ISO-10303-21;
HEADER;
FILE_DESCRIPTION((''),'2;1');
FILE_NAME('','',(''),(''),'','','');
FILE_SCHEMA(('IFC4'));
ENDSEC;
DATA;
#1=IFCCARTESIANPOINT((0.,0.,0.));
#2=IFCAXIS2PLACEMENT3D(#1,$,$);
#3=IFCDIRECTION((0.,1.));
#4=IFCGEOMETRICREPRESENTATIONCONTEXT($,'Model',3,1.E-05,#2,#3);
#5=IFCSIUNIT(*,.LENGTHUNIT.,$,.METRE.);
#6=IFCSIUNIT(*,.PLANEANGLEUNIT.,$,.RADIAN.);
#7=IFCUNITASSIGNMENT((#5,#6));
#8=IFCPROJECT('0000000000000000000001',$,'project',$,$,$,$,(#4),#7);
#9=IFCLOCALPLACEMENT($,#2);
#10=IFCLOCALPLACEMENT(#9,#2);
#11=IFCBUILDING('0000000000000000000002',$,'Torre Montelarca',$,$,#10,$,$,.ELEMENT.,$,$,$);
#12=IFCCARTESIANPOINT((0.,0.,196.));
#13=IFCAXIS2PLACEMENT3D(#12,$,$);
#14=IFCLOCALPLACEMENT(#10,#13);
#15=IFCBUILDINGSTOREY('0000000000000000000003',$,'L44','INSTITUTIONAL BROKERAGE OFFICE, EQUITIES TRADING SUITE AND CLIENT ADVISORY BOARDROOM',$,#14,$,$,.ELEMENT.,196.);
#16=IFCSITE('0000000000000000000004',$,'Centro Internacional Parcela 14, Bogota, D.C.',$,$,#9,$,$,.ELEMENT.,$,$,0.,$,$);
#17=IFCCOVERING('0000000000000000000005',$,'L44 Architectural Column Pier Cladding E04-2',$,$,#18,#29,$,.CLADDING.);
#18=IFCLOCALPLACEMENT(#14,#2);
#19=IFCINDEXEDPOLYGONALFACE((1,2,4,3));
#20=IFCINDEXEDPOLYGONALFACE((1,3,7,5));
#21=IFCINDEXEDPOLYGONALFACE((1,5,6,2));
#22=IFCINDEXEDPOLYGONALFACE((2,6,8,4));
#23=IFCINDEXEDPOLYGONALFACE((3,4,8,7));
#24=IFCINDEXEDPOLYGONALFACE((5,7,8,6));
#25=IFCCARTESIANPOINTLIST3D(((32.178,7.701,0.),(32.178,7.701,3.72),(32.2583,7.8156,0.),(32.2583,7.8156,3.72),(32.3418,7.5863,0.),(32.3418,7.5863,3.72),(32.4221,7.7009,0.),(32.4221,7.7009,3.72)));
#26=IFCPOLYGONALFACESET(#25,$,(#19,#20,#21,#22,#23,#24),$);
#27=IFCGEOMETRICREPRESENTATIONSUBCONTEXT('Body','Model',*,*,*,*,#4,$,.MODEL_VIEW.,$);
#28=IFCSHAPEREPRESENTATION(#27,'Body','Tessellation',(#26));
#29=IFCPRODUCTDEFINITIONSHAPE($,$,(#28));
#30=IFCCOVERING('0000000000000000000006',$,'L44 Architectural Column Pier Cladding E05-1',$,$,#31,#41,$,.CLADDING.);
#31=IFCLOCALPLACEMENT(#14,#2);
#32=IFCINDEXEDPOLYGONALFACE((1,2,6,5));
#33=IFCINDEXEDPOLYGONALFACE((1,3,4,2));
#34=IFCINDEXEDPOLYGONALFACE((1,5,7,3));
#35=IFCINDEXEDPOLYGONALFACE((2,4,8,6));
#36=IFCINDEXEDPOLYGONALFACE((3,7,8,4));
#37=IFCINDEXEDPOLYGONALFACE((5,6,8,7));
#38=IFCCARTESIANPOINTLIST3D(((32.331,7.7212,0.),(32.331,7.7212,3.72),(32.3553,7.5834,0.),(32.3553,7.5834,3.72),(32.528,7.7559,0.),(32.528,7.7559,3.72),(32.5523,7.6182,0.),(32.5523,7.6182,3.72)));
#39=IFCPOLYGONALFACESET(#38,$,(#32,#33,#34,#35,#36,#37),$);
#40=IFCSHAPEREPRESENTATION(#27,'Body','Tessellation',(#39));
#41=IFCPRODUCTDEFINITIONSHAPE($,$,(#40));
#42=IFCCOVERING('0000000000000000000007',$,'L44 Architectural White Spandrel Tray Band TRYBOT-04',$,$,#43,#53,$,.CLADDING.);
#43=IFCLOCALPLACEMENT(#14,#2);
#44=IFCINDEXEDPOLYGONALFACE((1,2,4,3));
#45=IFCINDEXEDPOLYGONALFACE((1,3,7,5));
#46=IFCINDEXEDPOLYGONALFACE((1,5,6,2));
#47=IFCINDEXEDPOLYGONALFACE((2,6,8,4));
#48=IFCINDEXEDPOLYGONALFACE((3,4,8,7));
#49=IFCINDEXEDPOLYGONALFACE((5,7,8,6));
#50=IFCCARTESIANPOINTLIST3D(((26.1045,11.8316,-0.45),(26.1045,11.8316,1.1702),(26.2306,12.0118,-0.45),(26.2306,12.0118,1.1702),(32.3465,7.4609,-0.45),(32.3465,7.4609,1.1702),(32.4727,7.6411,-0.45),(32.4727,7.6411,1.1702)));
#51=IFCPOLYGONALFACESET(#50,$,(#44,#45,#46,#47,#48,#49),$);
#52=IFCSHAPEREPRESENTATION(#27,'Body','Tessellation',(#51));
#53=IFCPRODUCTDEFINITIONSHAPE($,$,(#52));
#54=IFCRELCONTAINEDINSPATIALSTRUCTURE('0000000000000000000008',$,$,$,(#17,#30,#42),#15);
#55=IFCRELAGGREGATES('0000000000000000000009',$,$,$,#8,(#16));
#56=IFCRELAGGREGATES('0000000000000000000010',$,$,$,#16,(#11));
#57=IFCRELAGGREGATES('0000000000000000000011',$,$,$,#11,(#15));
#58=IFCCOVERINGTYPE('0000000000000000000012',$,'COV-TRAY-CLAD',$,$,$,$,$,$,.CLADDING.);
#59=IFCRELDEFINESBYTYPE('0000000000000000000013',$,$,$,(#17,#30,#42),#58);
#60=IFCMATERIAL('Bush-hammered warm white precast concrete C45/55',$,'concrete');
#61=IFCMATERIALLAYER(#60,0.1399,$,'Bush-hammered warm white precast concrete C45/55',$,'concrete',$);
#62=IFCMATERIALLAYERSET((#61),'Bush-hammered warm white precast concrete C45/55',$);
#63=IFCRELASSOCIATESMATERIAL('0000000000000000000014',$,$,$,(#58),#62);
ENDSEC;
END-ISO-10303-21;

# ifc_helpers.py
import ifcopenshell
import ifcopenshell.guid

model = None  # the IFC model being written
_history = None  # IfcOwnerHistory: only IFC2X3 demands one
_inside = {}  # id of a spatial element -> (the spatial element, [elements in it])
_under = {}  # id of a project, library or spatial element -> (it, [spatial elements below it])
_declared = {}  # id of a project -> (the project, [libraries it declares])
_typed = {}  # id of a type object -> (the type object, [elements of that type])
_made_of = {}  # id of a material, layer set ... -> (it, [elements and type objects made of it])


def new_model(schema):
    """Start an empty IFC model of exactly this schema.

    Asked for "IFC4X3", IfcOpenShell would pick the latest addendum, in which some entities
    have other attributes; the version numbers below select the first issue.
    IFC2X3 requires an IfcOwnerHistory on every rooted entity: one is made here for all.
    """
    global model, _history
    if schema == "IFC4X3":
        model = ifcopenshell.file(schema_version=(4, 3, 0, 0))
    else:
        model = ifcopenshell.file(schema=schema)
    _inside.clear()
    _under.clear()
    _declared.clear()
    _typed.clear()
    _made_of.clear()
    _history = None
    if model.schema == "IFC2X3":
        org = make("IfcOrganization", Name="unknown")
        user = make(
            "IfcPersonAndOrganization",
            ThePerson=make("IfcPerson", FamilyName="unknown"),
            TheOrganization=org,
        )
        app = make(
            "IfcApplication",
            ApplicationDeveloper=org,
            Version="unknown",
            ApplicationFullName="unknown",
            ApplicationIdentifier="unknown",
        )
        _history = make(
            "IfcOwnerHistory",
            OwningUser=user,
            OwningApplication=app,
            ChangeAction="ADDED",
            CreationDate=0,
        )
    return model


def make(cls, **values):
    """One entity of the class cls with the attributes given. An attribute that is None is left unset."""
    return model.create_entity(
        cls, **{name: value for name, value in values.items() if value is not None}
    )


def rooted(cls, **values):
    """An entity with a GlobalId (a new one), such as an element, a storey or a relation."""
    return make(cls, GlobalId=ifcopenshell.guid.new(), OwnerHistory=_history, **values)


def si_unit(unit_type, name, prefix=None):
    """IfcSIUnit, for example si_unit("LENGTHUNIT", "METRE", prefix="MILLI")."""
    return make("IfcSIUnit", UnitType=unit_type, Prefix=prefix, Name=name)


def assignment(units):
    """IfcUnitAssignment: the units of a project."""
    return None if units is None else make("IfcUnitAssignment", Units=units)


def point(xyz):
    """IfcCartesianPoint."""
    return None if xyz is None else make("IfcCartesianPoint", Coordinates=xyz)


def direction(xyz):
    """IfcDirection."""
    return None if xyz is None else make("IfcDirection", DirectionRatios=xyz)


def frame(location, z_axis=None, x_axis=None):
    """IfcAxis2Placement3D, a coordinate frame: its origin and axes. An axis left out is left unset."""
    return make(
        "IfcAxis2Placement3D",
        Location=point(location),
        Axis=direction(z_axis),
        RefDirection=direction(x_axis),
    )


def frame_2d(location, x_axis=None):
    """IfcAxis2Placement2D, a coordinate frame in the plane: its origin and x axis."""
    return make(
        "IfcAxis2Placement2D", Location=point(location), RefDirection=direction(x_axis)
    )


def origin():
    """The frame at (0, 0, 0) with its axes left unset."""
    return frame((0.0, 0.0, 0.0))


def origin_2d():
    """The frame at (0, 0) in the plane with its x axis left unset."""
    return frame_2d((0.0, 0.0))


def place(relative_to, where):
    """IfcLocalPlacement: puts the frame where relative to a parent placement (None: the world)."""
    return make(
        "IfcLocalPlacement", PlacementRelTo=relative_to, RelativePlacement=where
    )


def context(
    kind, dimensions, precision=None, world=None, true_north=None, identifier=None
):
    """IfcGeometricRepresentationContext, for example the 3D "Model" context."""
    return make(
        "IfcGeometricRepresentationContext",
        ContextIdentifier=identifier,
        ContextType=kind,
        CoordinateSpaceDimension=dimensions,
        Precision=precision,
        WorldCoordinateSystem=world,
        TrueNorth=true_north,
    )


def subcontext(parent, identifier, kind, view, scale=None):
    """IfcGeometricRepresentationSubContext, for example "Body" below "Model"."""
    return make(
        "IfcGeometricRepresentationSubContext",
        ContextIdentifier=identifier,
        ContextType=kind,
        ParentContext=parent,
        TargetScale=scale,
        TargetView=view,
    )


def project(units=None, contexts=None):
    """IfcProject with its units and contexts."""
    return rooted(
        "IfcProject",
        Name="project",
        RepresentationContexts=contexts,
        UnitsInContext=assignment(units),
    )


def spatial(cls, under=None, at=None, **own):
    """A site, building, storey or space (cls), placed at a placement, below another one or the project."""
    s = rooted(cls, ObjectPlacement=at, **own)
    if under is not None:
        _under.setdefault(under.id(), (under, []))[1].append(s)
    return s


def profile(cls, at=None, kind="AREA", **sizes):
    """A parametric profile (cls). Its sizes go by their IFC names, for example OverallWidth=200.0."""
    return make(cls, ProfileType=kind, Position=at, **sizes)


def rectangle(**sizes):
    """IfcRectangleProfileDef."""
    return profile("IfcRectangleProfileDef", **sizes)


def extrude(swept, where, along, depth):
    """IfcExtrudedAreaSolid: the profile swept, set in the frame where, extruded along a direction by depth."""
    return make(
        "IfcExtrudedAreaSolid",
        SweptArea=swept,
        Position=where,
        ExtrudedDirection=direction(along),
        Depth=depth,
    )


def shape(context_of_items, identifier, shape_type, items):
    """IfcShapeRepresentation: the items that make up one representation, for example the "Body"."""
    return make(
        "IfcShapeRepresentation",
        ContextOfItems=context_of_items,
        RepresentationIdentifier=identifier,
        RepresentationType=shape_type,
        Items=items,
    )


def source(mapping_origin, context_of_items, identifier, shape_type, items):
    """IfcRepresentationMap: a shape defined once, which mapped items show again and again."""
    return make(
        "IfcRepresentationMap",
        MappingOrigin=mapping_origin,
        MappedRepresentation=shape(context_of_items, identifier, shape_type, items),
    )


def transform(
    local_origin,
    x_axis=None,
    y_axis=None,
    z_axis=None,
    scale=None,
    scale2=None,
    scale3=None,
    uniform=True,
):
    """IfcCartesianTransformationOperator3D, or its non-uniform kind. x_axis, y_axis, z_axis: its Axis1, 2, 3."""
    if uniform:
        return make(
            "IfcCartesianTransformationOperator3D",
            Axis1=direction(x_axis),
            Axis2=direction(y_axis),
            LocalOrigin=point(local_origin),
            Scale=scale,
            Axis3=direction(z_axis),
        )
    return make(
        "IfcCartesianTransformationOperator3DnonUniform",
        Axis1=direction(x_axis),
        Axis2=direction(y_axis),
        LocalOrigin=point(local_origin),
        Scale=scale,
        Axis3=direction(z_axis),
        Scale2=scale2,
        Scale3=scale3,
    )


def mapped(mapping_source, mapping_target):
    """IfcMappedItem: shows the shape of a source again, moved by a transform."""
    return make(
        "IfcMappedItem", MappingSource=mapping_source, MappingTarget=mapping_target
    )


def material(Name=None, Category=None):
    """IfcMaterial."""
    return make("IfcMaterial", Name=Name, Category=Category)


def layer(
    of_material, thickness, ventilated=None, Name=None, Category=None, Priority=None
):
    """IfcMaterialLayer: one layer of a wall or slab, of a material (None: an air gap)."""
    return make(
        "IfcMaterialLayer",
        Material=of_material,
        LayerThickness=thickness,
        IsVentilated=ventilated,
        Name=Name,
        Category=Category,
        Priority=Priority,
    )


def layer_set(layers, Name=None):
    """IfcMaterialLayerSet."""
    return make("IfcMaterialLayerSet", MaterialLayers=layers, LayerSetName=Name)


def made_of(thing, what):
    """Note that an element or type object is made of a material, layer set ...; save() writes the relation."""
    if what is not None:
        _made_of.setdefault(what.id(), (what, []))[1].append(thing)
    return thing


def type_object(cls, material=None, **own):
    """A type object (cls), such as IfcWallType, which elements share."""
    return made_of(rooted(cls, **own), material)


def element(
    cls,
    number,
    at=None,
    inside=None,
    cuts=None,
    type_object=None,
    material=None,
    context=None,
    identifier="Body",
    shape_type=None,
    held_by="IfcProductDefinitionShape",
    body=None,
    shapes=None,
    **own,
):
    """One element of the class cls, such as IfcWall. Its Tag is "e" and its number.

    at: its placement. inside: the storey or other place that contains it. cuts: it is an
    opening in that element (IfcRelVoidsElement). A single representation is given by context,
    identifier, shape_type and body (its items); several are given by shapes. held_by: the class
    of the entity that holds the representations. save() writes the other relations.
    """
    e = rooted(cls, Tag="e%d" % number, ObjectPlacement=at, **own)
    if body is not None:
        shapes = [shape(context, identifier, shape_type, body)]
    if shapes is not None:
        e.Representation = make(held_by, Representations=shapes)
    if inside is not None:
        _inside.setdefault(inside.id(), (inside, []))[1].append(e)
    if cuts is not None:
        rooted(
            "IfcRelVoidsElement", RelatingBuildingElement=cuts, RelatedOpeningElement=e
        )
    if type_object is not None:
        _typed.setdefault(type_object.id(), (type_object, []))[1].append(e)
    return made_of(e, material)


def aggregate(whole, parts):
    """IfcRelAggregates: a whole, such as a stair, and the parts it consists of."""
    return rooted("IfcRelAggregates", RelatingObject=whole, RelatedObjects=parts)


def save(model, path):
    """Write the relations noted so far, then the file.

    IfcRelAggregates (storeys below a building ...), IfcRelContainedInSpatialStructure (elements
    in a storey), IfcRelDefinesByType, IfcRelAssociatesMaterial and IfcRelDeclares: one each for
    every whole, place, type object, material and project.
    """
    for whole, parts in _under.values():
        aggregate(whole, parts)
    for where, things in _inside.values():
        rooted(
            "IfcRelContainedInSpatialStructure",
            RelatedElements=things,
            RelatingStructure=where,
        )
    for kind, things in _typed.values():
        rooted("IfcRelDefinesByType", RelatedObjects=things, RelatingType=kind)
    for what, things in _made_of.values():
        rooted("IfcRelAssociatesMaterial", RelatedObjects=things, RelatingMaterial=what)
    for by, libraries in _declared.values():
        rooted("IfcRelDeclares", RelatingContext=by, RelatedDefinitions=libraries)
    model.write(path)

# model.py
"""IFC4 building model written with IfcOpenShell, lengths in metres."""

from ifc_helpers import new_model, si_unit, direction, frame, origin, origin_2d, place, context, subcontext, project, spatial, rectangle, extrude, source, transform, mapped, material, layer, layer_set, type_object, element, save


model = new_model("IFC4")

# Units and contexts
model_context = context("Model", 3, precision=1e-05, world=origin(), true_north=direction((0.0, 1.0)))
body_context = subcontext(model_context, "Body", "Model", "MODEL_VIEW")
ifc_project = project(units=[si_unit("LENGTHUNIT", "METRE"), si_unit("PLANEANGLEUNIT", "RADIAN")], contexts=[model_context])

# Site, building, storey
site_placement = place(None, origin())
site = spatial("IfcSite", under=ifc_project, at=site_placement, Name="Centro Internacional Parcela 14, Bogota, D.C.", CompositionType="ELEMENT", RefElevation=0.0)
building_placement = place(site_placement, origin())
building = spatial("IfcBuilding", under=site, at=building_placement, Name="Torre Montelarca", CompositionType="ELEMENT")
storey_placement = place(building_placement, frame((0.0, 0.0, 196.0)))
storey = spatial("IfcBuildingStorey", under=building, at=storey_placement, Name="L44", Description="INSTITUTIONAL BROKERAGE OFFICE, EQUITIES TRADING SUITE AND CLIENT ADVISORY BOARDROOM", CompositionType="ELEMENT", Elevation=196.0)

# Coverings
ifc_material_1 = material(Name="Bush-hammered warm white precast concrete C45/55", Category="concrete")
ifc_layer_1 = layer(ifc_material_1, 0.1399, Name="Bush-hammered warm white precast concrete C45/55", Category="concrete")
ifc_layer_set_1 = layer_set([ifc_layer_1], Name="Bush-hammered warm white precast concrete C45/55")
covering_type = type_object("IfcCoveringType", Name="COV-TRAY-CLAD", PredefinedType="CLADDING", material=ifc_layer_set_1)
shared_shape_1 = source(origin(), body_context, "Body", "SweptSolid", [
    extrude(rectangle(XDim=0.2, YDim=0.1399, at=origin_2d()), origin(), (0.0, 0.0, 1.0), 3.72),
])
for number, where, z_axis, x_axis, name in (
    (1, (32.3, 7.7009, 0.0), (0.0, 0.0, 1.0), (0.819158, -0.573568, 0.0), "L44 Architectural Column Pier Cladding E04-2"),
    (2, (32.4417, 7.6697, 0.0), (0.0, 0.0, 1.0), (0.984808, 0.173645, 0.0), "L44 Architectural Column Pier Cladding E05-1"),
):
    element("IfcCovering", number, at=place(storey_placement, frame(where, z_axis=z_axis, x_axis=x_axis)), inside=storey, type_object=covering_type, Name=name, PredefinedType="CLADDING", context=body_context, shape_type="MappedRepresentation", body=[
        mapped(shared_shape_1, transform((0.0, 0.0, 0.0), scale=1.0)),
    ])
shared_shape_2 = source(origin(), body_context, "Body", "SweptSolid", [
    extrude(rectangle(XDim=7.6201, YDim=0.22, at=origin_2d()), origin(), (0.0, 0.0, 1.0), 1.6201),
])
covering_1_placement = place(storey_placement, frame((29.2886, 9.7363, -0.45), z_axis=(0.0, 0.0, 1.0), x_axis=(0.819152, -0.573576, 0.0)))
element("IfcCovering", 3, at=covering_1_placement, inside=storey, type_object=covering_type, Name="L44 Architectural White Spandrel Tray Band TRYBOT-04", PredefinedType="CLADDING", context=body_context, shape_type="MappedRepresentation", body=[
    mapped(shared_shape_2, transform((0.0, 0.0, 0.0), scale=1.0)),
])

save(model, "model.ifc")
